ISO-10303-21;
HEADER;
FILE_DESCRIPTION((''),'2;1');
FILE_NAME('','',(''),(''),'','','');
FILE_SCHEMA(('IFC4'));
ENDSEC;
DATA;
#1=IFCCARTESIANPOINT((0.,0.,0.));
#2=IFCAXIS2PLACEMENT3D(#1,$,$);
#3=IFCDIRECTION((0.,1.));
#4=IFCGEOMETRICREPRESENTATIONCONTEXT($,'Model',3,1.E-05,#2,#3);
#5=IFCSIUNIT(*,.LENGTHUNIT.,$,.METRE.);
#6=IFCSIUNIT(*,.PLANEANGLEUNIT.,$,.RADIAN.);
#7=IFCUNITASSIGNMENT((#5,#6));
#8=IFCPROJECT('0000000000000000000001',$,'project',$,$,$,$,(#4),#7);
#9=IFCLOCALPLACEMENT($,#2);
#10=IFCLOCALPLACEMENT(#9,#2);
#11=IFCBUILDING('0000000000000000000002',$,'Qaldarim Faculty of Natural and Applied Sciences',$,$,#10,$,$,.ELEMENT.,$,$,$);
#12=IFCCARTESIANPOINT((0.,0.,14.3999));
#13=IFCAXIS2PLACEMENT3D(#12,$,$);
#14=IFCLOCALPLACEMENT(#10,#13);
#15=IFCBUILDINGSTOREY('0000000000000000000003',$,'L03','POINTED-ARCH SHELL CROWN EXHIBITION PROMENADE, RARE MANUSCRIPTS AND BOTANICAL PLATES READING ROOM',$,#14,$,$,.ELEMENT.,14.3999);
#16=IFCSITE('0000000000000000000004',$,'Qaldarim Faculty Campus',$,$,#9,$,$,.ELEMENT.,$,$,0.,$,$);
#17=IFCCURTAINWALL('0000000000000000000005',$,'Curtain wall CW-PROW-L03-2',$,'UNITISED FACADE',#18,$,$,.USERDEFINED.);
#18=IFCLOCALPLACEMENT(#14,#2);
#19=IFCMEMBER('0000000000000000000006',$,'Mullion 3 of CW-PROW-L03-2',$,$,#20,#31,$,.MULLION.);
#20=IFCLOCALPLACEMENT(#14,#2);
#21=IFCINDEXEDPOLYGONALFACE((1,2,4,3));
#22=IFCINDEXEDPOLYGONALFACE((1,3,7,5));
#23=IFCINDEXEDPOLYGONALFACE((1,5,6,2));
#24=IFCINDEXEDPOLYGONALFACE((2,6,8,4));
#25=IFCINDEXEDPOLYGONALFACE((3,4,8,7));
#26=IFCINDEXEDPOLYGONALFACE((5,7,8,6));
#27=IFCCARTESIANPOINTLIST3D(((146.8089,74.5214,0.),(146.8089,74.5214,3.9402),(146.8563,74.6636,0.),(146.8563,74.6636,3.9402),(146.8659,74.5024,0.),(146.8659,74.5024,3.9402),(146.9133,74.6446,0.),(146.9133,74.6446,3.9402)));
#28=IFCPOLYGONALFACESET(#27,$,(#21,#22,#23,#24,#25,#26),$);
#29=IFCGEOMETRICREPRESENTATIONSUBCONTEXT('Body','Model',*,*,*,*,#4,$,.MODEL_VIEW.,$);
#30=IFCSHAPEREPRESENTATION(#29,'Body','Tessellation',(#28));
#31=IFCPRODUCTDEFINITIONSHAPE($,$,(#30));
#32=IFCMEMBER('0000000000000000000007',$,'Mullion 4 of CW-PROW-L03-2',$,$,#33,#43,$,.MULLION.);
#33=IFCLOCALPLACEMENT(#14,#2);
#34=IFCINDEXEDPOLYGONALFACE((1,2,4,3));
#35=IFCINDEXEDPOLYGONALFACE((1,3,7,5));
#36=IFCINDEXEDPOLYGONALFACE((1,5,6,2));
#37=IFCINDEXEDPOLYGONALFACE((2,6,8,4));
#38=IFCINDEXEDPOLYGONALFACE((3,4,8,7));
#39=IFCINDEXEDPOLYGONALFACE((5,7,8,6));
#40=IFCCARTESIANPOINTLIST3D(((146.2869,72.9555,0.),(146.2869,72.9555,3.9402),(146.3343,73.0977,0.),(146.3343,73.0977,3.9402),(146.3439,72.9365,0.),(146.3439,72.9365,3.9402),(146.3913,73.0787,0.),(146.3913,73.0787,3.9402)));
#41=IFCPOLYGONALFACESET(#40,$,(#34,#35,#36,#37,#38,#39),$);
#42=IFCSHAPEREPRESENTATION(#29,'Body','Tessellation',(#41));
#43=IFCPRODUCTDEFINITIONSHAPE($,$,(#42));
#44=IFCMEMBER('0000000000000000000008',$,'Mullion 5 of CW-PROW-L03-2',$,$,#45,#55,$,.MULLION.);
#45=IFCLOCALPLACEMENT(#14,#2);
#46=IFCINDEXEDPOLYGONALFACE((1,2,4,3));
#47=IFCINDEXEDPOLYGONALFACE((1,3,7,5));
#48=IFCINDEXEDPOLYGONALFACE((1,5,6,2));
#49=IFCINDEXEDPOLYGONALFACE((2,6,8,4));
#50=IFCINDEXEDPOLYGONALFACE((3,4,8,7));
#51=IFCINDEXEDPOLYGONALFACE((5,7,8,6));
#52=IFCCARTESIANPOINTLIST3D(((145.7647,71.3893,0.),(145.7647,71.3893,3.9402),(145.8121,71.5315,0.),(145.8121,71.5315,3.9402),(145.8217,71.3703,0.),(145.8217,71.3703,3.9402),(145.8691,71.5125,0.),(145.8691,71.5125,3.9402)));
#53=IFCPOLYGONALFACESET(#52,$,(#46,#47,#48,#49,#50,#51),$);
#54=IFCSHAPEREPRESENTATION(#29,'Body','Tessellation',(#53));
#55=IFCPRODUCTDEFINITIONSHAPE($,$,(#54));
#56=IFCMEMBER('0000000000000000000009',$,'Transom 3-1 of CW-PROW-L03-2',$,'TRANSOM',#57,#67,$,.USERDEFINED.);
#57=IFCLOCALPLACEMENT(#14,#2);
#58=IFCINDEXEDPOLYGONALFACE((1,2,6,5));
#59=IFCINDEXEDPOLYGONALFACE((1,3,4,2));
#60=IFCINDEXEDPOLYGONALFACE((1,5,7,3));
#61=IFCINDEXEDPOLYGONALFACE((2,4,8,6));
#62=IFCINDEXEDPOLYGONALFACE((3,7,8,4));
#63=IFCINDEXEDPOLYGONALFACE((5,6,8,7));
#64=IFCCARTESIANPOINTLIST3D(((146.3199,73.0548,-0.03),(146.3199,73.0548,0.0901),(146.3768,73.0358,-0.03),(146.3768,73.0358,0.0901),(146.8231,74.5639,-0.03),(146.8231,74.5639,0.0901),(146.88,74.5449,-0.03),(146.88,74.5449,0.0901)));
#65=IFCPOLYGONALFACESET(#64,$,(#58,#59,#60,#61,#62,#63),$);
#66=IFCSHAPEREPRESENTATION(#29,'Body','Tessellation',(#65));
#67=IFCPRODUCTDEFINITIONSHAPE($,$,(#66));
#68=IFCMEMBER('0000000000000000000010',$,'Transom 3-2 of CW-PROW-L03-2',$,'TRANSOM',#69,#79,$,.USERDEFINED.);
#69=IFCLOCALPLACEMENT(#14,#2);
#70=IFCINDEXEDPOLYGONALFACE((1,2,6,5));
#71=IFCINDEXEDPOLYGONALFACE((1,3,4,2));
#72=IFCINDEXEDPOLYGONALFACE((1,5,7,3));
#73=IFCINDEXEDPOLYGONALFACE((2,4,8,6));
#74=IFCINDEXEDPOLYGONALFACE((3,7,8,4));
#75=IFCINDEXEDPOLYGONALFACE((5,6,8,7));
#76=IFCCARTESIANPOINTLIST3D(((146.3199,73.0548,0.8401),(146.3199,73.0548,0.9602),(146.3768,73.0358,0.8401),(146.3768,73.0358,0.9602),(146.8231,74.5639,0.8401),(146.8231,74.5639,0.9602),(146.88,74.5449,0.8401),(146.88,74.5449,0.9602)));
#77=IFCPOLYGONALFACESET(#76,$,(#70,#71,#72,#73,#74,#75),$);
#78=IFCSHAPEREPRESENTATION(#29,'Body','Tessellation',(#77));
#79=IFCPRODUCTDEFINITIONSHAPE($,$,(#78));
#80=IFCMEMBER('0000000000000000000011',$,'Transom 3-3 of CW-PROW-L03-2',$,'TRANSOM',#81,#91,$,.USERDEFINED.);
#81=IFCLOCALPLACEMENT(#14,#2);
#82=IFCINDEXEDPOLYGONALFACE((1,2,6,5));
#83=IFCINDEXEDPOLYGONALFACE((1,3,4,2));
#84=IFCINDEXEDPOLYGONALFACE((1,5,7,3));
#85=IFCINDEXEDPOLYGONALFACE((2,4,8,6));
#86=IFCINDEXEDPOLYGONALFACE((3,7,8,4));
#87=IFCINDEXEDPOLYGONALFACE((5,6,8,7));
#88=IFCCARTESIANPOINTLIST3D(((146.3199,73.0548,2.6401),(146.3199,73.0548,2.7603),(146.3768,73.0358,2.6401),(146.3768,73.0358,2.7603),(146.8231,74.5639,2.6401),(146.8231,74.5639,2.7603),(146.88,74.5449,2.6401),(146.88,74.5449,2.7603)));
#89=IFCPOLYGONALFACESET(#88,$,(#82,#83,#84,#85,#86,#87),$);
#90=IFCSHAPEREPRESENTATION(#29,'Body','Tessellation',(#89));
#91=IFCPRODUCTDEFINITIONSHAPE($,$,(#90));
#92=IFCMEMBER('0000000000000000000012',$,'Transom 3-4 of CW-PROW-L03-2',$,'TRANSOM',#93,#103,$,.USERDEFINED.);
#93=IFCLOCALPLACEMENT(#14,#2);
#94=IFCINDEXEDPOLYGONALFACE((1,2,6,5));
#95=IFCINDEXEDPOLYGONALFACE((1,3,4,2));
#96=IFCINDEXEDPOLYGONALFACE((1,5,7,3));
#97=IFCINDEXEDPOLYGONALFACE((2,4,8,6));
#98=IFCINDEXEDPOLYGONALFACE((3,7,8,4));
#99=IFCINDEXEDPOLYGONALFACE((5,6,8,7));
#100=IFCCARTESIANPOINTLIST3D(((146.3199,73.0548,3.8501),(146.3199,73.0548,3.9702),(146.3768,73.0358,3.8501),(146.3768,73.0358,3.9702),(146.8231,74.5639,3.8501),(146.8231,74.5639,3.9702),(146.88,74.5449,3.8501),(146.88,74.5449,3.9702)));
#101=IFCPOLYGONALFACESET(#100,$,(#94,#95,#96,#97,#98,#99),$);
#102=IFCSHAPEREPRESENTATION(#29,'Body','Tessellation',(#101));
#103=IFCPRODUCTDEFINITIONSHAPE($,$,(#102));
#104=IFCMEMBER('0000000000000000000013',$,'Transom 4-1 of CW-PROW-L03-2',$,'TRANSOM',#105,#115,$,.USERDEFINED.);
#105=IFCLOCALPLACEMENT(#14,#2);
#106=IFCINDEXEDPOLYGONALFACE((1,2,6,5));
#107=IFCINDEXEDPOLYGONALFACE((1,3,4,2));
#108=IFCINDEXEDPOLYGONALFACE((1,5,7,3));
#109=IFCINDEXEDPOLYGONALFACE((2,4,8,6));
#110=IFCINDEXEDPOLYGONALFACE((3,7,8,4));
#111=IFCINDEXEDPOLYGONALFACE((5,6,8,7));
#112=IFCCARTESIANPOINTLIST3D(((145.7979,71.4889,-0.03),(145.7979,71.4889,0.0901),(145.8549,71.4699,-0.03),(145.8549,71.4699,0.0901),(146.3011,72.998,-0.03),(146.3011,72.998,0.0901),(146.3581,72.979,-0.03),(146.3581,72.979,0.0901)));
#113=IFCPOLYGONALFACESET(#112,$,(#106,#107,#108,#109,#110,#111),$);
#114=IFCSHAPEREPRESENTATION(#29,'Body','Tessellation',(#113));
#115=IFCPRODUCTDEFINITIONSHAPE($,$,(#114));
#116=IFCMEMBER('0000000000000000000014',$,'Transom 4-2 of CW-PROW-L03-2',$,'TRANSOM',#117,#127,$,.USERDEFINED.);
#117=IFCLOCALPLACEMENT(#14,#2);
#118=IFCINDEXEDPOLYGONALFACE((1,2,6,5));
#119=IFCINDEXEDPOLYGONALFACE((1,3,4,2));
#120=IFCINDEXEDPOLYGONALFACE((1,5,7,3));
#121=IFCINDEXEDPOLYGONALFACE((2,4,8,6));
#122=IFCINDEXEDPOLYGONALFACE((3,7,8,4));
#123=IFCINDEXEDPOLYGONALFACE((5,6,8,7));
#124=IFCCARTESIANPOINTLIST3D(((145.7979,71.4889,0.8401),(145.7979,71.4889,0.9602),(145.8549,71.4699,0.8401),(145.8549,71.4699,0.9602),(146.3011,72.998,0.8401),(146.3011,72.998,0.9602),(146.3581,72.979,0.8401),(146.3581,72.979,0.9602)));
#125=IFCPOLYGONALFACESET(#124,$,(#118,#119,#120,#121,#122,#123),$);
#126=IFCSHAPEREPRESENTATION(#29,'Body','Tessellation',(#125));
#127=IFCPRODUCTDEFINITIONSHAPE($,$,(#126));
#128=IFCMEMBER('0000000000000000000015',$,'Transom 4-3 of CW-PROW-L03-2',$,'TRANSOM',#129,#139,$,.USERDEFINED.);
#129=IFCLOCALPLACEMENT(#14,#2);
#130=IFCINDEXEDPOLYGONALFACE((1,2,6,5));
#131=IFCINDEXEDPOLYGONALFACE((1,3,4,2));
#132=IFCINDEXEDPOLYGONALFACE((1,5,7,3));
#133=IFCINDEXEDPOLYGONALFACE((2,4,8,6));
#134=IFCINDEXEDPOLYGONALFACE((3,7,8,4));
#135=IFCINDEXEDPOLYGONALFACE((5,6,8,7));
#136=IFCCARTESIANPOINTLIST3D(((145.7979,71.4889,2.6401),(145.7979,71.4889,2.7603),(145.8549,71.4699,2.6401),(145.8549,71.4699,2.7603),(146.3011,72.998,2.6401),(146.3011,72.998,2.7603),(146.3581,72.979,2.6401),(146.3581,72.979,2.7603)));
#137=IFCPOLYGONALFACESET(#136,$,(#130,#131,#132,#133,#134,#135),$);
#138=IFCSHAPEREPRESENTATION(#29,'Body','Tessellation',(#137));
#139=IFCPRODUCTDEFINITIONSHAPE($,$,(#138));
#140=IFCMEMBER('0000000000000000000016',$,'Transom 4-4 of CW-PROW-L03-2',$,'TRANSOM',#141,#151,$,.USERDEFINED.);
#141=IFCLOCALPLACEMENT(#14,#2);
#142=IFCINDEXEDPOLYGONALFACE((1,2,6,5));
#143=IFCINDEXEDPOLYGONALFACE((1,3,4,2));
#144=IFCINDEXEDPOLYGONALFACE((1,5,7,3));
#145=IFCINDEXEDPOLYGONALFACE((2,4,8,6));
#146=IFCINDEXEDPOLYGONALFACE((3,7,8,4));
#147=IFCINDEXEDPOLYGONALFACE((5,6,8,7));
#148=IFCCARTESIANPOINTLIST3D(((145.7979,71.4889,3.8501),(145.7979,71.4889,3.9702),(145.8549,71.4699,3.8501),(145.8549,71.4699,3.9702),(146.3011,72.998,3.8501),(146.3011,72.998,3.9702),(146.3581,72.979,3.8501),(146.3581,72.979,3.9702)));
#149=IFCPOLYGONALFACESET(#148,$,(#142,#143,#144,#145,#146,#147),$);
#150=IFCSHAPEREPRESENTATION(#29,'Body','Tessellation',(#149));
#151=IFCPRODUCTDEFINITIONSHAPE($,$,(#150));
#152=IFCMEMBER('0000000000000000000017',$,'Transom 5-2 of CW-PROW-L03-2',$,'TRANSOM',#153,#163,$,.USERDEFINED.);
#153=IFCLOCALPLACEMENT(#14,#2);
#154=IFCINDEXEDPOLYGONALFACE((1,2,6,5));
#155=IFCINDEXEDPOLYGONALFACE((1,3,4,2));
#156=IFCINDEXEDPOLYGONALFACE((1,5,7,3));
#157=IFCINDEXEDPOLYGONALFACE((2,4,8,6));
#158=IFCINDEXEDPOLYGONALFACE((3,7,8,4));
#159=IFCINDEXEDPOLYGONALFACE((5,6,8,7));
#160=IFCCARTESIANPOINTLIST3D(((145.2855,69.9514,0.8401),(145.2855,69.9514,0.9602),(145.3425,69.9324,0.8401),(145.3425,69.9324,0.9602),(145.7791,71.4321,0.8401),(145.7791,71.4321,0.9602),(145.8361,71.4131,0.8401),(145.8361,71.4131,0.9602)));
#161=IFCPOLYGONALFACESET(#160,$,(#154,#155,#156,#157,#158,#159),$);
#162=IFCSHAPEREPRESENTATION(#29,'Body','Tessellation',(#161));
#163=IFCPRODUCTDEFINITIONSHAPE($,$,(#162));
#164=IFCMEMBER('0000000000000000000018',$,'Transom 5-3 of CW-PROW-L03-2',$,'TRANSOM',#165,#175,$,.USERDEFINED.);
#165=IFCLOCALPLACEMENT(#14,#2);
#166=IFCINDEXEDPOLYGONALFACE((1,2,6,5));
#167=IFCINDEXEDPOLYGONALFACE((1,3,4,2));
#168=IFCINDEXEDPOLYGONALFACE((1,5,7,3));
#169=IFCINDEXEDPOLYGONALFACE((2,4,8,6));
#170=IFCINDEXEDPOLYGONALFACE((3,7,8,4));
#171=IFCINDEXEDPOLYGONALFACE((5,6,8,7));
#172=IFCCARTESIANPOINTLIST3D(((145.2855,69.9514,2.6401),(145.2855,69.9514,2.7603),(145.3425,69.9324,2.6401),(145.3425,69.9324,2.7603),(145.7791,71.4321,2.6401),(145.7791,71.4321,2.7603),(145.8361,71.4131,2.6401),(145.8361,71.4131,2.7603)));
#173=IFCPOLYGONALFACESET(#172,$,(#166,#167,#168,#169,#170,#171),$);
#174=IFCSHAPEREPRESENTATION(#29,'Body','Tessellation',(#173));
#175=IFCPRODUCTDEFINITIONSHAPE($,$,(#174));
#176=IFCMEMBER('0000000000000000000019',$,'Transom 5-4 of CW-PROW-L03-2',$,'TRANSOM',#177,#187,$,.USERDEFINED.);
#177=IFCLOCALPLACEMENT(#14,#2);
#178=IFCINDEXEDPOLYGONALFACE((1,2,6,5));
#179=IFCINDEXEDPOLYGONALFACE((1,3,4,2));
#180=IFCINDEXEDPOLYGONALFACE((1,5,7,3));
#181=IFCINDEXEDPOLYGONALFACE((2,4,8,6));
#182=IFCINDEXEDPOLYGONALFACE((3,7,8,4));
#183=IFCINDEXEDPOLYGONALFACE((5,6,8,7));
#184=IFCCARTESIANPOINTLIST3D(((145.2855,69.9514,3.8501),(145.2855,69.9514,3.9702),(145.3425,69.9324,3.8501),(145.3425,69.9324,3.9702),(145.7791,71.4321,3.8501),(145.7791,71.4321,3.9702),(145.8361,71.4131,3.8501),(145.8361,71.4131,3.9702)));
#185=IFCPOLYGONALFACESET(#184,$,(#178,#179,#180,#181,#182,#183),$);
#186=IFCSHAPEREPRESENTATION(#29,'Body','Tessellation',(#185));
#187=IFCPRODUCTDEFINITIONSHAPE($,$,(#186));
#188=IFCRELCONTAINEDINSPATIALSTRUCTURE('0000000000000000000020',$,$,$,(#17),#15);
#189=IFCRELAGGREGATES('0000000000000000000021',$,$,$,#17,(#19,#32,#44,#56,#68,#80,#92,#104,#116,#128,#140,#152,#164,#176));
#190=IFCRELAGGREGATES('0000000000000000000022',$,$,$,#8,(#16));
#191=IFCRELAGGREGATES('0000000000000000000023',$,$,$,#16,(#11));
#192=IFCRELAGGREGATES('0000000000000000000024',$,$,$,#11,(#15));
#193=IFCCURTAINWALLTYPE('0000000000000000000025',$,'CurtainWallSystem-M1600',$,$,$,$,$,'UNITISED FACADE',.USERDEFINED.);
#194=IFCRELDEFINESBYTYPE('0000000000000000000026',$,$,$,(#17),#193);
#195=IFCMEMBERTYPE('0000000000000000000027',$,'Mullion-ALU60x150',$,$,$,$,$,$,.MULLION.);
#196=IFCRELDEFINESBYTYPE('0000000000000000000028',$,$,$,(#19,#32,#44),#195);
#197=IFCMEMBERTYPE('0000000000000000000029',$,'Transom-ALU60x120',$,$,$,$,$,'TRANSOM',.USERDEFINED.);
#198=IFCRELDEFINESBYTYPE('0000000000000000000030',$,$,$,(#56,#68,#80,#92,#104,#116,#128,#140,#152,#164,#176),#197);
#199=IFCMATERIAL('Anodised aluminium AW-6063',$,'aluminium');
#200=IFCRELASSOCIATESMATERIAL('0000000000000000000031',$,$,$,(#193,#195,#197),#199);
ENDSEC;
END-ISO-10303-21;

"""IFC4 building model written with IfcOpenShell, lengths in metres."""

from ifc_helpers import new_model, si_unit, direction, frame, origin, origin_2d, place, context, subcontext, project, spatial, rectangle, extrude, material, material_profile, profile_set, type_object, element, aggregate, save


model = new_model("IFC4")

# Units and contexts
model_context = context("Model", 3, precision=1e-05, world=origin(), true_north=direction((0.0, 1.0)))
body_context = subcontext(model_context, "Body", "Model", "MODEL_VIEW")
ifc_project = project(units=[si_unit("LENGTHUNIT", "METRE"), si_unit("PLANEANGLEUNIT", "RADIAN")], contexts=[model_context])

# Site, building, storey
site_placement = place(None, origin())
site = spatial("IfcSite", under=ifc_project, at=site_placement, Name="Qaldarim Faculty Campus", CompositionType="ELEMENT", RefElevation=0.0)
building_placement = place(site_placement, origin())
building = spatial("IfcBuilding", under=site, at=building_placement, Name="Qaldarim Faculty of Natural and Applied Sciences", CompositionType="ELEMENT")
storey_placement = place(building_placement, frame((0.0, 0.0, 14.3999)))
storey = spatial("IfcBuildingStorey", under=building, at=storey_placement, Name="L03", Description="POINTED-ARCH SHELL CROWN EXHIBITION PROMENADE, RARE MANUSCRIPTS AND BOTANICAL PLATES READING ROOM", CompositionType="ELEMENT", Elevation=14.3999)

# Curtain wall, members
ifc_material_1 = material(Name="Anodised aluminium AW-6063", Category="aluminium")
curtain_wall_type = type_object("IfcCurtainWallType", Name="CurtainWallSystem-M1600", ElementType="UNITISED FACADE", PredefinedType="USERDEFINED", material=ifc_material_1)
curtain_wall_placement = place(storey_placement, origin())
curtain_wall = element("IfcCurtainWall", 1, at=curtain_wall_placement, inside=storey, type_object=curtain_wall_type, Name="Curtain wall CW-PROW-L03-2", ObjectType="UNITISED FACADE", PredefinedType="USERDEFINED")
ifc_material_profile_1 = material_profile(ifc_material_1, rectangle(XDim=0.0601, YDim=0.1499, at=origin_2d()), Name="ALU-M60x150")
ifc_profile_set_1 = profile_set([ifc_material_profile_1], Name="Anodised aluminium AW-6063")
member_type_1 = type_object("IfcMemberType", Name="Mullion-ALU60x150", PredefinedType="MULLION", material=ifc_profile_set_1)
member_1_placement = place(storey_placement, frame((146.8611, 74.583, 0.0), z_axis=(0.0, 0.0, 1.0), x_axis=(0.948683, -0.316229, 0.0)))
member_1 = element("IfcMember", 2, at=member_1_placement, type_object=member_type_1, Name="Mullion 3 of CW-PROW-L03-2", PredefinedType="MULLION", context=body_context, shape_type="SweptSolid", body=[
    extrude(rectangle(XDim=0.0601, YDim=0.1499, at=origin_2d()), origin(), (0.0, 0.0, 1.0), 3.9402),
])
member_2_placement = place(storey_placement, frame((146.3391, 73.0171, 0.0), z_axis=(0.0, 0.0, 1.0), x_axis=(0.948683, -0.316229, 0.0)))
member_2 = element("IfcMember", 3, at=member_2_placement, type_object=member_type_1, Name="Mullion 4 of CW-PROW-L03-2", PredefinedType="MULLION", context=body_context, shape_type="SweptSolid", body=[
    extrude(rectangle(XDim=0.0601, YDim=0.1499, at=origin_2d()), origin(), (0.0, 0.0, 1.0), 3.9402),
])
member_3_placement = place(storey_placement, frame((145.8169, 71.4509, 0.0), z_axis=(0.0, 0.0, 1.0), x_axis=(0.948683, -0.316229, 0.0)))
member_3 = element("IfcMember", 4, at=member_3_placement, type_object=member_type_1, Name="Mullion 5 of CW-PROW-L03-2", PredefinedType="MULLION", context=body_context, shape_type="SweptSolid", body=[
    extrude(rectangle(XDim=0.0601, YDim=0.1499, at=origin_2d()), origin(), (0.0, 0.0, 1.0), 3.9402),
])
ifc_material_profile_2 = material_profile(ifc_material_1, rectangle(XDim=0.0601, YDim=0.1201, at=origin_2d()), Name="ALU-T60x120")
ifc_profile_set_2 = profile_set([ifc_material_profile_2], Name="Anodised aluminium AW-6063")
member_type_2 = type_object("IfcMemberType", Name="Transom-ALU60x120", ElementType="TRANSOM", PredefinedType="USERDEFINED", material=ifc_profile_set_2)
member_4_placement = place(storey_placement, frame((146.8516, 74.5544, 0.03), z_axis=(-0.31632, -0.948653, 0.0), x_axis=(0.948653, -0.31632, 0.0)))
member_4 = element("IfcMember", 5, at=member_4_placement, type_object=member_type_2, Name="Transom 3-1 of CW-PROW-L03-2", ObjectType="TRANSOM", PredefinedType="USERDEFINED", context=body_context, shape_type="SweptSolid", body=[
    extrude(rectangle(XDim=0.0601, YDim=0.1201, at=origin_2d()), origin(), (0.0, 0.0, 1.0), 1.5908),
])
member_5_placement = place(storey_placement, frame((146.8516, 74.5544, 0.9001), z_axis=(-0.31632, -0.948653, 0.0), x_axis=(0.948653, -0.31632, 0.0)))
member_5 = element("IfcMember", 6, at=member_5_placement, type_object=member_type_2, Name="Transom 3-2 of CW-PROW-L03-2", ObjectType="TRANSOM", PredefinedType="USERDEFINED", context=body_context, shape_type="SweptSolid", body=[
    extrude(rectangle(XDim=0.0601, YDim=0.1201, at=origin_2d()), origin(), (0.0, 0.0, 1.0), 1.5908),
])
member_6_placement = place(storey_placement, frame((146.8516, 74.5544, 2.7002), z_axis=(-0.31632, -0.948653, 0.0), x_axis=(0.948653, -0.31632, 0.0)))
member_6 = element("IfcMember", 7, at=member_6_placement, type_object=member_type_2, Name="Transom 3-3 of CW-PROW-L03-2", ObjectType="TRANSOM", PredefinedType="USERDEFINED", context=body_context, shape_type="SweptSolid", body=[
    extrude(rectangle(XDim=0.0601, YDim=0.1201, at=origin_2d()), origin(), (0.0, 0.0, 1.0), 1.5908),
])
member_7_placement = place(storey_placement, frame((146.8516, 74.5544, 3.9102), z_axis=(-0.31632, -0.948653, 0.0), x_axis=(0.948653, -0.31632, 0.0)))
member_7 = element("IfcMember", 8, at=member_7_placement, type_object=member_type_2, Name="Transom 3-4 of CW-PROW-L03-2", ObjectType="TRANSOM", PredefinedType="USERDEFINED", context=body_context, shape_type="SweptSolid", body=[
    extrude(rectangle(XDim=0.0601, YDim=0.1201, at=origin_2d()), origin(), (0.0, 0.0, 1.0), 1.5908),
])
member_8_placement = place(storey_placement, frame((146.3296, 72.9885, 0.03), z_axis=(-0.31632, -0.948653, 0.0), x_axis=(0.948653, -0.31632, 0.0)))
member_8 = element("IfcMember", 9, at=member_8_placement, type_object=member_type_2, Name="Transom 4-1 of CW-PROW-L03-2", ObjectType="TRANSOM", PredefinedType="USERDEFINED", context=body_context, shape_type="SweptSolid", body=[
    extrude(rectangle(XDim=0.0601, YDim=0.1201, at=origin_2d()), origin(), (0.0, 0.0, 1.0), 1.5908),
])
member_9_placement = place(storey_placement, frame((146.3296, 72.9885, 0.9001), z_axis=(-0.31632, -0.948653, 0.0), x_axis=(0.948653, -0.31632, 0.0)))
member_9 = element("IfcMember", 10, at=member_9_placement, type_object=member_type_2, Name="Transom 4-2 of CW-PROW-L03-2", ObjectType="TRANSOM", PredefinedType="USERDEFINED", context=body_context, shape_type="SweptSolid", body=[
    extrude(rectangle(XDim=0.0601, YDim=0.1201, at=origin_2d()), origin(), (0.0, 0.0, 1.0), 1.5908),
])
member_10_placement = place(storey_placement, frame((146.3296, 72.9885, 2.7002), z_axis=(-0.31632, -0.948653, 0.0), x_axis=(0.948653, -0.31632, 0.0)))
member_10 = element("IfcMember", 11, at=member_10_placement, type_object=member_type_2, Name="Transom 4-3 of CW-PROW-L03-2", ObjectType="TRANSOM", PredefinedType="USERDEFINED", context=body_context, shape_type="SweptSolid", body=[
    extrude(rectangle(XDim=0.0601, YDim=0.1201, at=origin_2d()), origin(), (0.0, 0.0, 1.0), 1.5908),
])
member_11_placement = place(storey_placement, frame((146.3296, 72.9885, 3.9102), z_axis=(-0.31632, -0.948653, 0.0), x_axis=(0.948653, -0.31632, 0.0)))
member_11 = element("IfcMember", 12, at=member_11_placement, type_object=member_type_2, Name="Transom 4-4 of CW-PROW-L03-2", ObjectType="TRANSOM", PredefinedType="USERDEFINED", context=body_context, shape_type="SweptSolid", body=[
    extrude(rectangle(XDim=0.0601, YDim=0.1201, at=origin_2d()), origin(), (0.0, 0.0, 1.0), 1.5908),
])
member_12_placement = place(storey_placement, frame((145.8076, 71.4226, 0.9001), z_axis=(-0.316275, -0.948668, 0.0), x_axis=(0.948668, -0.316275, 0.0)))
member_12 = element("IfcMember", 13, at=member_12_placement, type_object=member_type_2, Name="Transom 5-2 of CW-PROW-L03-2", ObjectType="TRANSOM", PredefinedType="USERDEFINED", context=body_context, shape_type="SweptSolid", body=[
    extrude(rectangle(XDim=0.0601, YDim=0.1201, at=origin_2d()), origin(), (0.0, 0.0, 1.0), 1.5608),
])
member_13_placement = place(storey_placement, frame((145.8076, 71.4226, 2.7002), z_axis=(-0.316275, -0.948668, 0.0), x_axis=(0.948668, -0.316275, 0.0)))
member_13 = element("IfcMember", 14, at=member_13_placement, type_object=member_type_2, Name="Transom 5-3 of CW-PROW-L03-2", ObjectType="TRANSOM", PredefinedType="USERDEFINED", context=body_context, shape_type="SweptSolid", body=[
    extrude(rectangle(XDim=0.0601, YDim=0.1201, at=origin_2d()), origin(), (0.0, 0.0, 1.0), 1.5608),
])
member_14_placement = place(storey_placement, frame((145.8076, 71.4226, 3.9102), z_axis=(-0.316275, -0.948668, 0.0), x_axis=(0.948668, -0.316275, 0.0)))
member_14 = element("IfcMember", 15, at=member_14_placement, type_object=member_type_2, Name="Transom 5-4 of CW-PROW-L03-2", ObjectType="TRANSOM", PredefinedType="USERDEFINED", context=body_context, shape_type="SweptSolid", body=[
    extrude(rectangle(XDim=0.0601, YDim=0.1201, at=origin_2d()), origin(), (0.0, 0.0, 1.0), 1.5608),
])
aggregate(curtain_wall, [member_1, member_2, member_3, member_4, member_5, member_6, member_7, member_8, member_9, member_10, member_11, member_12, member_13, member_14])

save(model, "model.ifc")
